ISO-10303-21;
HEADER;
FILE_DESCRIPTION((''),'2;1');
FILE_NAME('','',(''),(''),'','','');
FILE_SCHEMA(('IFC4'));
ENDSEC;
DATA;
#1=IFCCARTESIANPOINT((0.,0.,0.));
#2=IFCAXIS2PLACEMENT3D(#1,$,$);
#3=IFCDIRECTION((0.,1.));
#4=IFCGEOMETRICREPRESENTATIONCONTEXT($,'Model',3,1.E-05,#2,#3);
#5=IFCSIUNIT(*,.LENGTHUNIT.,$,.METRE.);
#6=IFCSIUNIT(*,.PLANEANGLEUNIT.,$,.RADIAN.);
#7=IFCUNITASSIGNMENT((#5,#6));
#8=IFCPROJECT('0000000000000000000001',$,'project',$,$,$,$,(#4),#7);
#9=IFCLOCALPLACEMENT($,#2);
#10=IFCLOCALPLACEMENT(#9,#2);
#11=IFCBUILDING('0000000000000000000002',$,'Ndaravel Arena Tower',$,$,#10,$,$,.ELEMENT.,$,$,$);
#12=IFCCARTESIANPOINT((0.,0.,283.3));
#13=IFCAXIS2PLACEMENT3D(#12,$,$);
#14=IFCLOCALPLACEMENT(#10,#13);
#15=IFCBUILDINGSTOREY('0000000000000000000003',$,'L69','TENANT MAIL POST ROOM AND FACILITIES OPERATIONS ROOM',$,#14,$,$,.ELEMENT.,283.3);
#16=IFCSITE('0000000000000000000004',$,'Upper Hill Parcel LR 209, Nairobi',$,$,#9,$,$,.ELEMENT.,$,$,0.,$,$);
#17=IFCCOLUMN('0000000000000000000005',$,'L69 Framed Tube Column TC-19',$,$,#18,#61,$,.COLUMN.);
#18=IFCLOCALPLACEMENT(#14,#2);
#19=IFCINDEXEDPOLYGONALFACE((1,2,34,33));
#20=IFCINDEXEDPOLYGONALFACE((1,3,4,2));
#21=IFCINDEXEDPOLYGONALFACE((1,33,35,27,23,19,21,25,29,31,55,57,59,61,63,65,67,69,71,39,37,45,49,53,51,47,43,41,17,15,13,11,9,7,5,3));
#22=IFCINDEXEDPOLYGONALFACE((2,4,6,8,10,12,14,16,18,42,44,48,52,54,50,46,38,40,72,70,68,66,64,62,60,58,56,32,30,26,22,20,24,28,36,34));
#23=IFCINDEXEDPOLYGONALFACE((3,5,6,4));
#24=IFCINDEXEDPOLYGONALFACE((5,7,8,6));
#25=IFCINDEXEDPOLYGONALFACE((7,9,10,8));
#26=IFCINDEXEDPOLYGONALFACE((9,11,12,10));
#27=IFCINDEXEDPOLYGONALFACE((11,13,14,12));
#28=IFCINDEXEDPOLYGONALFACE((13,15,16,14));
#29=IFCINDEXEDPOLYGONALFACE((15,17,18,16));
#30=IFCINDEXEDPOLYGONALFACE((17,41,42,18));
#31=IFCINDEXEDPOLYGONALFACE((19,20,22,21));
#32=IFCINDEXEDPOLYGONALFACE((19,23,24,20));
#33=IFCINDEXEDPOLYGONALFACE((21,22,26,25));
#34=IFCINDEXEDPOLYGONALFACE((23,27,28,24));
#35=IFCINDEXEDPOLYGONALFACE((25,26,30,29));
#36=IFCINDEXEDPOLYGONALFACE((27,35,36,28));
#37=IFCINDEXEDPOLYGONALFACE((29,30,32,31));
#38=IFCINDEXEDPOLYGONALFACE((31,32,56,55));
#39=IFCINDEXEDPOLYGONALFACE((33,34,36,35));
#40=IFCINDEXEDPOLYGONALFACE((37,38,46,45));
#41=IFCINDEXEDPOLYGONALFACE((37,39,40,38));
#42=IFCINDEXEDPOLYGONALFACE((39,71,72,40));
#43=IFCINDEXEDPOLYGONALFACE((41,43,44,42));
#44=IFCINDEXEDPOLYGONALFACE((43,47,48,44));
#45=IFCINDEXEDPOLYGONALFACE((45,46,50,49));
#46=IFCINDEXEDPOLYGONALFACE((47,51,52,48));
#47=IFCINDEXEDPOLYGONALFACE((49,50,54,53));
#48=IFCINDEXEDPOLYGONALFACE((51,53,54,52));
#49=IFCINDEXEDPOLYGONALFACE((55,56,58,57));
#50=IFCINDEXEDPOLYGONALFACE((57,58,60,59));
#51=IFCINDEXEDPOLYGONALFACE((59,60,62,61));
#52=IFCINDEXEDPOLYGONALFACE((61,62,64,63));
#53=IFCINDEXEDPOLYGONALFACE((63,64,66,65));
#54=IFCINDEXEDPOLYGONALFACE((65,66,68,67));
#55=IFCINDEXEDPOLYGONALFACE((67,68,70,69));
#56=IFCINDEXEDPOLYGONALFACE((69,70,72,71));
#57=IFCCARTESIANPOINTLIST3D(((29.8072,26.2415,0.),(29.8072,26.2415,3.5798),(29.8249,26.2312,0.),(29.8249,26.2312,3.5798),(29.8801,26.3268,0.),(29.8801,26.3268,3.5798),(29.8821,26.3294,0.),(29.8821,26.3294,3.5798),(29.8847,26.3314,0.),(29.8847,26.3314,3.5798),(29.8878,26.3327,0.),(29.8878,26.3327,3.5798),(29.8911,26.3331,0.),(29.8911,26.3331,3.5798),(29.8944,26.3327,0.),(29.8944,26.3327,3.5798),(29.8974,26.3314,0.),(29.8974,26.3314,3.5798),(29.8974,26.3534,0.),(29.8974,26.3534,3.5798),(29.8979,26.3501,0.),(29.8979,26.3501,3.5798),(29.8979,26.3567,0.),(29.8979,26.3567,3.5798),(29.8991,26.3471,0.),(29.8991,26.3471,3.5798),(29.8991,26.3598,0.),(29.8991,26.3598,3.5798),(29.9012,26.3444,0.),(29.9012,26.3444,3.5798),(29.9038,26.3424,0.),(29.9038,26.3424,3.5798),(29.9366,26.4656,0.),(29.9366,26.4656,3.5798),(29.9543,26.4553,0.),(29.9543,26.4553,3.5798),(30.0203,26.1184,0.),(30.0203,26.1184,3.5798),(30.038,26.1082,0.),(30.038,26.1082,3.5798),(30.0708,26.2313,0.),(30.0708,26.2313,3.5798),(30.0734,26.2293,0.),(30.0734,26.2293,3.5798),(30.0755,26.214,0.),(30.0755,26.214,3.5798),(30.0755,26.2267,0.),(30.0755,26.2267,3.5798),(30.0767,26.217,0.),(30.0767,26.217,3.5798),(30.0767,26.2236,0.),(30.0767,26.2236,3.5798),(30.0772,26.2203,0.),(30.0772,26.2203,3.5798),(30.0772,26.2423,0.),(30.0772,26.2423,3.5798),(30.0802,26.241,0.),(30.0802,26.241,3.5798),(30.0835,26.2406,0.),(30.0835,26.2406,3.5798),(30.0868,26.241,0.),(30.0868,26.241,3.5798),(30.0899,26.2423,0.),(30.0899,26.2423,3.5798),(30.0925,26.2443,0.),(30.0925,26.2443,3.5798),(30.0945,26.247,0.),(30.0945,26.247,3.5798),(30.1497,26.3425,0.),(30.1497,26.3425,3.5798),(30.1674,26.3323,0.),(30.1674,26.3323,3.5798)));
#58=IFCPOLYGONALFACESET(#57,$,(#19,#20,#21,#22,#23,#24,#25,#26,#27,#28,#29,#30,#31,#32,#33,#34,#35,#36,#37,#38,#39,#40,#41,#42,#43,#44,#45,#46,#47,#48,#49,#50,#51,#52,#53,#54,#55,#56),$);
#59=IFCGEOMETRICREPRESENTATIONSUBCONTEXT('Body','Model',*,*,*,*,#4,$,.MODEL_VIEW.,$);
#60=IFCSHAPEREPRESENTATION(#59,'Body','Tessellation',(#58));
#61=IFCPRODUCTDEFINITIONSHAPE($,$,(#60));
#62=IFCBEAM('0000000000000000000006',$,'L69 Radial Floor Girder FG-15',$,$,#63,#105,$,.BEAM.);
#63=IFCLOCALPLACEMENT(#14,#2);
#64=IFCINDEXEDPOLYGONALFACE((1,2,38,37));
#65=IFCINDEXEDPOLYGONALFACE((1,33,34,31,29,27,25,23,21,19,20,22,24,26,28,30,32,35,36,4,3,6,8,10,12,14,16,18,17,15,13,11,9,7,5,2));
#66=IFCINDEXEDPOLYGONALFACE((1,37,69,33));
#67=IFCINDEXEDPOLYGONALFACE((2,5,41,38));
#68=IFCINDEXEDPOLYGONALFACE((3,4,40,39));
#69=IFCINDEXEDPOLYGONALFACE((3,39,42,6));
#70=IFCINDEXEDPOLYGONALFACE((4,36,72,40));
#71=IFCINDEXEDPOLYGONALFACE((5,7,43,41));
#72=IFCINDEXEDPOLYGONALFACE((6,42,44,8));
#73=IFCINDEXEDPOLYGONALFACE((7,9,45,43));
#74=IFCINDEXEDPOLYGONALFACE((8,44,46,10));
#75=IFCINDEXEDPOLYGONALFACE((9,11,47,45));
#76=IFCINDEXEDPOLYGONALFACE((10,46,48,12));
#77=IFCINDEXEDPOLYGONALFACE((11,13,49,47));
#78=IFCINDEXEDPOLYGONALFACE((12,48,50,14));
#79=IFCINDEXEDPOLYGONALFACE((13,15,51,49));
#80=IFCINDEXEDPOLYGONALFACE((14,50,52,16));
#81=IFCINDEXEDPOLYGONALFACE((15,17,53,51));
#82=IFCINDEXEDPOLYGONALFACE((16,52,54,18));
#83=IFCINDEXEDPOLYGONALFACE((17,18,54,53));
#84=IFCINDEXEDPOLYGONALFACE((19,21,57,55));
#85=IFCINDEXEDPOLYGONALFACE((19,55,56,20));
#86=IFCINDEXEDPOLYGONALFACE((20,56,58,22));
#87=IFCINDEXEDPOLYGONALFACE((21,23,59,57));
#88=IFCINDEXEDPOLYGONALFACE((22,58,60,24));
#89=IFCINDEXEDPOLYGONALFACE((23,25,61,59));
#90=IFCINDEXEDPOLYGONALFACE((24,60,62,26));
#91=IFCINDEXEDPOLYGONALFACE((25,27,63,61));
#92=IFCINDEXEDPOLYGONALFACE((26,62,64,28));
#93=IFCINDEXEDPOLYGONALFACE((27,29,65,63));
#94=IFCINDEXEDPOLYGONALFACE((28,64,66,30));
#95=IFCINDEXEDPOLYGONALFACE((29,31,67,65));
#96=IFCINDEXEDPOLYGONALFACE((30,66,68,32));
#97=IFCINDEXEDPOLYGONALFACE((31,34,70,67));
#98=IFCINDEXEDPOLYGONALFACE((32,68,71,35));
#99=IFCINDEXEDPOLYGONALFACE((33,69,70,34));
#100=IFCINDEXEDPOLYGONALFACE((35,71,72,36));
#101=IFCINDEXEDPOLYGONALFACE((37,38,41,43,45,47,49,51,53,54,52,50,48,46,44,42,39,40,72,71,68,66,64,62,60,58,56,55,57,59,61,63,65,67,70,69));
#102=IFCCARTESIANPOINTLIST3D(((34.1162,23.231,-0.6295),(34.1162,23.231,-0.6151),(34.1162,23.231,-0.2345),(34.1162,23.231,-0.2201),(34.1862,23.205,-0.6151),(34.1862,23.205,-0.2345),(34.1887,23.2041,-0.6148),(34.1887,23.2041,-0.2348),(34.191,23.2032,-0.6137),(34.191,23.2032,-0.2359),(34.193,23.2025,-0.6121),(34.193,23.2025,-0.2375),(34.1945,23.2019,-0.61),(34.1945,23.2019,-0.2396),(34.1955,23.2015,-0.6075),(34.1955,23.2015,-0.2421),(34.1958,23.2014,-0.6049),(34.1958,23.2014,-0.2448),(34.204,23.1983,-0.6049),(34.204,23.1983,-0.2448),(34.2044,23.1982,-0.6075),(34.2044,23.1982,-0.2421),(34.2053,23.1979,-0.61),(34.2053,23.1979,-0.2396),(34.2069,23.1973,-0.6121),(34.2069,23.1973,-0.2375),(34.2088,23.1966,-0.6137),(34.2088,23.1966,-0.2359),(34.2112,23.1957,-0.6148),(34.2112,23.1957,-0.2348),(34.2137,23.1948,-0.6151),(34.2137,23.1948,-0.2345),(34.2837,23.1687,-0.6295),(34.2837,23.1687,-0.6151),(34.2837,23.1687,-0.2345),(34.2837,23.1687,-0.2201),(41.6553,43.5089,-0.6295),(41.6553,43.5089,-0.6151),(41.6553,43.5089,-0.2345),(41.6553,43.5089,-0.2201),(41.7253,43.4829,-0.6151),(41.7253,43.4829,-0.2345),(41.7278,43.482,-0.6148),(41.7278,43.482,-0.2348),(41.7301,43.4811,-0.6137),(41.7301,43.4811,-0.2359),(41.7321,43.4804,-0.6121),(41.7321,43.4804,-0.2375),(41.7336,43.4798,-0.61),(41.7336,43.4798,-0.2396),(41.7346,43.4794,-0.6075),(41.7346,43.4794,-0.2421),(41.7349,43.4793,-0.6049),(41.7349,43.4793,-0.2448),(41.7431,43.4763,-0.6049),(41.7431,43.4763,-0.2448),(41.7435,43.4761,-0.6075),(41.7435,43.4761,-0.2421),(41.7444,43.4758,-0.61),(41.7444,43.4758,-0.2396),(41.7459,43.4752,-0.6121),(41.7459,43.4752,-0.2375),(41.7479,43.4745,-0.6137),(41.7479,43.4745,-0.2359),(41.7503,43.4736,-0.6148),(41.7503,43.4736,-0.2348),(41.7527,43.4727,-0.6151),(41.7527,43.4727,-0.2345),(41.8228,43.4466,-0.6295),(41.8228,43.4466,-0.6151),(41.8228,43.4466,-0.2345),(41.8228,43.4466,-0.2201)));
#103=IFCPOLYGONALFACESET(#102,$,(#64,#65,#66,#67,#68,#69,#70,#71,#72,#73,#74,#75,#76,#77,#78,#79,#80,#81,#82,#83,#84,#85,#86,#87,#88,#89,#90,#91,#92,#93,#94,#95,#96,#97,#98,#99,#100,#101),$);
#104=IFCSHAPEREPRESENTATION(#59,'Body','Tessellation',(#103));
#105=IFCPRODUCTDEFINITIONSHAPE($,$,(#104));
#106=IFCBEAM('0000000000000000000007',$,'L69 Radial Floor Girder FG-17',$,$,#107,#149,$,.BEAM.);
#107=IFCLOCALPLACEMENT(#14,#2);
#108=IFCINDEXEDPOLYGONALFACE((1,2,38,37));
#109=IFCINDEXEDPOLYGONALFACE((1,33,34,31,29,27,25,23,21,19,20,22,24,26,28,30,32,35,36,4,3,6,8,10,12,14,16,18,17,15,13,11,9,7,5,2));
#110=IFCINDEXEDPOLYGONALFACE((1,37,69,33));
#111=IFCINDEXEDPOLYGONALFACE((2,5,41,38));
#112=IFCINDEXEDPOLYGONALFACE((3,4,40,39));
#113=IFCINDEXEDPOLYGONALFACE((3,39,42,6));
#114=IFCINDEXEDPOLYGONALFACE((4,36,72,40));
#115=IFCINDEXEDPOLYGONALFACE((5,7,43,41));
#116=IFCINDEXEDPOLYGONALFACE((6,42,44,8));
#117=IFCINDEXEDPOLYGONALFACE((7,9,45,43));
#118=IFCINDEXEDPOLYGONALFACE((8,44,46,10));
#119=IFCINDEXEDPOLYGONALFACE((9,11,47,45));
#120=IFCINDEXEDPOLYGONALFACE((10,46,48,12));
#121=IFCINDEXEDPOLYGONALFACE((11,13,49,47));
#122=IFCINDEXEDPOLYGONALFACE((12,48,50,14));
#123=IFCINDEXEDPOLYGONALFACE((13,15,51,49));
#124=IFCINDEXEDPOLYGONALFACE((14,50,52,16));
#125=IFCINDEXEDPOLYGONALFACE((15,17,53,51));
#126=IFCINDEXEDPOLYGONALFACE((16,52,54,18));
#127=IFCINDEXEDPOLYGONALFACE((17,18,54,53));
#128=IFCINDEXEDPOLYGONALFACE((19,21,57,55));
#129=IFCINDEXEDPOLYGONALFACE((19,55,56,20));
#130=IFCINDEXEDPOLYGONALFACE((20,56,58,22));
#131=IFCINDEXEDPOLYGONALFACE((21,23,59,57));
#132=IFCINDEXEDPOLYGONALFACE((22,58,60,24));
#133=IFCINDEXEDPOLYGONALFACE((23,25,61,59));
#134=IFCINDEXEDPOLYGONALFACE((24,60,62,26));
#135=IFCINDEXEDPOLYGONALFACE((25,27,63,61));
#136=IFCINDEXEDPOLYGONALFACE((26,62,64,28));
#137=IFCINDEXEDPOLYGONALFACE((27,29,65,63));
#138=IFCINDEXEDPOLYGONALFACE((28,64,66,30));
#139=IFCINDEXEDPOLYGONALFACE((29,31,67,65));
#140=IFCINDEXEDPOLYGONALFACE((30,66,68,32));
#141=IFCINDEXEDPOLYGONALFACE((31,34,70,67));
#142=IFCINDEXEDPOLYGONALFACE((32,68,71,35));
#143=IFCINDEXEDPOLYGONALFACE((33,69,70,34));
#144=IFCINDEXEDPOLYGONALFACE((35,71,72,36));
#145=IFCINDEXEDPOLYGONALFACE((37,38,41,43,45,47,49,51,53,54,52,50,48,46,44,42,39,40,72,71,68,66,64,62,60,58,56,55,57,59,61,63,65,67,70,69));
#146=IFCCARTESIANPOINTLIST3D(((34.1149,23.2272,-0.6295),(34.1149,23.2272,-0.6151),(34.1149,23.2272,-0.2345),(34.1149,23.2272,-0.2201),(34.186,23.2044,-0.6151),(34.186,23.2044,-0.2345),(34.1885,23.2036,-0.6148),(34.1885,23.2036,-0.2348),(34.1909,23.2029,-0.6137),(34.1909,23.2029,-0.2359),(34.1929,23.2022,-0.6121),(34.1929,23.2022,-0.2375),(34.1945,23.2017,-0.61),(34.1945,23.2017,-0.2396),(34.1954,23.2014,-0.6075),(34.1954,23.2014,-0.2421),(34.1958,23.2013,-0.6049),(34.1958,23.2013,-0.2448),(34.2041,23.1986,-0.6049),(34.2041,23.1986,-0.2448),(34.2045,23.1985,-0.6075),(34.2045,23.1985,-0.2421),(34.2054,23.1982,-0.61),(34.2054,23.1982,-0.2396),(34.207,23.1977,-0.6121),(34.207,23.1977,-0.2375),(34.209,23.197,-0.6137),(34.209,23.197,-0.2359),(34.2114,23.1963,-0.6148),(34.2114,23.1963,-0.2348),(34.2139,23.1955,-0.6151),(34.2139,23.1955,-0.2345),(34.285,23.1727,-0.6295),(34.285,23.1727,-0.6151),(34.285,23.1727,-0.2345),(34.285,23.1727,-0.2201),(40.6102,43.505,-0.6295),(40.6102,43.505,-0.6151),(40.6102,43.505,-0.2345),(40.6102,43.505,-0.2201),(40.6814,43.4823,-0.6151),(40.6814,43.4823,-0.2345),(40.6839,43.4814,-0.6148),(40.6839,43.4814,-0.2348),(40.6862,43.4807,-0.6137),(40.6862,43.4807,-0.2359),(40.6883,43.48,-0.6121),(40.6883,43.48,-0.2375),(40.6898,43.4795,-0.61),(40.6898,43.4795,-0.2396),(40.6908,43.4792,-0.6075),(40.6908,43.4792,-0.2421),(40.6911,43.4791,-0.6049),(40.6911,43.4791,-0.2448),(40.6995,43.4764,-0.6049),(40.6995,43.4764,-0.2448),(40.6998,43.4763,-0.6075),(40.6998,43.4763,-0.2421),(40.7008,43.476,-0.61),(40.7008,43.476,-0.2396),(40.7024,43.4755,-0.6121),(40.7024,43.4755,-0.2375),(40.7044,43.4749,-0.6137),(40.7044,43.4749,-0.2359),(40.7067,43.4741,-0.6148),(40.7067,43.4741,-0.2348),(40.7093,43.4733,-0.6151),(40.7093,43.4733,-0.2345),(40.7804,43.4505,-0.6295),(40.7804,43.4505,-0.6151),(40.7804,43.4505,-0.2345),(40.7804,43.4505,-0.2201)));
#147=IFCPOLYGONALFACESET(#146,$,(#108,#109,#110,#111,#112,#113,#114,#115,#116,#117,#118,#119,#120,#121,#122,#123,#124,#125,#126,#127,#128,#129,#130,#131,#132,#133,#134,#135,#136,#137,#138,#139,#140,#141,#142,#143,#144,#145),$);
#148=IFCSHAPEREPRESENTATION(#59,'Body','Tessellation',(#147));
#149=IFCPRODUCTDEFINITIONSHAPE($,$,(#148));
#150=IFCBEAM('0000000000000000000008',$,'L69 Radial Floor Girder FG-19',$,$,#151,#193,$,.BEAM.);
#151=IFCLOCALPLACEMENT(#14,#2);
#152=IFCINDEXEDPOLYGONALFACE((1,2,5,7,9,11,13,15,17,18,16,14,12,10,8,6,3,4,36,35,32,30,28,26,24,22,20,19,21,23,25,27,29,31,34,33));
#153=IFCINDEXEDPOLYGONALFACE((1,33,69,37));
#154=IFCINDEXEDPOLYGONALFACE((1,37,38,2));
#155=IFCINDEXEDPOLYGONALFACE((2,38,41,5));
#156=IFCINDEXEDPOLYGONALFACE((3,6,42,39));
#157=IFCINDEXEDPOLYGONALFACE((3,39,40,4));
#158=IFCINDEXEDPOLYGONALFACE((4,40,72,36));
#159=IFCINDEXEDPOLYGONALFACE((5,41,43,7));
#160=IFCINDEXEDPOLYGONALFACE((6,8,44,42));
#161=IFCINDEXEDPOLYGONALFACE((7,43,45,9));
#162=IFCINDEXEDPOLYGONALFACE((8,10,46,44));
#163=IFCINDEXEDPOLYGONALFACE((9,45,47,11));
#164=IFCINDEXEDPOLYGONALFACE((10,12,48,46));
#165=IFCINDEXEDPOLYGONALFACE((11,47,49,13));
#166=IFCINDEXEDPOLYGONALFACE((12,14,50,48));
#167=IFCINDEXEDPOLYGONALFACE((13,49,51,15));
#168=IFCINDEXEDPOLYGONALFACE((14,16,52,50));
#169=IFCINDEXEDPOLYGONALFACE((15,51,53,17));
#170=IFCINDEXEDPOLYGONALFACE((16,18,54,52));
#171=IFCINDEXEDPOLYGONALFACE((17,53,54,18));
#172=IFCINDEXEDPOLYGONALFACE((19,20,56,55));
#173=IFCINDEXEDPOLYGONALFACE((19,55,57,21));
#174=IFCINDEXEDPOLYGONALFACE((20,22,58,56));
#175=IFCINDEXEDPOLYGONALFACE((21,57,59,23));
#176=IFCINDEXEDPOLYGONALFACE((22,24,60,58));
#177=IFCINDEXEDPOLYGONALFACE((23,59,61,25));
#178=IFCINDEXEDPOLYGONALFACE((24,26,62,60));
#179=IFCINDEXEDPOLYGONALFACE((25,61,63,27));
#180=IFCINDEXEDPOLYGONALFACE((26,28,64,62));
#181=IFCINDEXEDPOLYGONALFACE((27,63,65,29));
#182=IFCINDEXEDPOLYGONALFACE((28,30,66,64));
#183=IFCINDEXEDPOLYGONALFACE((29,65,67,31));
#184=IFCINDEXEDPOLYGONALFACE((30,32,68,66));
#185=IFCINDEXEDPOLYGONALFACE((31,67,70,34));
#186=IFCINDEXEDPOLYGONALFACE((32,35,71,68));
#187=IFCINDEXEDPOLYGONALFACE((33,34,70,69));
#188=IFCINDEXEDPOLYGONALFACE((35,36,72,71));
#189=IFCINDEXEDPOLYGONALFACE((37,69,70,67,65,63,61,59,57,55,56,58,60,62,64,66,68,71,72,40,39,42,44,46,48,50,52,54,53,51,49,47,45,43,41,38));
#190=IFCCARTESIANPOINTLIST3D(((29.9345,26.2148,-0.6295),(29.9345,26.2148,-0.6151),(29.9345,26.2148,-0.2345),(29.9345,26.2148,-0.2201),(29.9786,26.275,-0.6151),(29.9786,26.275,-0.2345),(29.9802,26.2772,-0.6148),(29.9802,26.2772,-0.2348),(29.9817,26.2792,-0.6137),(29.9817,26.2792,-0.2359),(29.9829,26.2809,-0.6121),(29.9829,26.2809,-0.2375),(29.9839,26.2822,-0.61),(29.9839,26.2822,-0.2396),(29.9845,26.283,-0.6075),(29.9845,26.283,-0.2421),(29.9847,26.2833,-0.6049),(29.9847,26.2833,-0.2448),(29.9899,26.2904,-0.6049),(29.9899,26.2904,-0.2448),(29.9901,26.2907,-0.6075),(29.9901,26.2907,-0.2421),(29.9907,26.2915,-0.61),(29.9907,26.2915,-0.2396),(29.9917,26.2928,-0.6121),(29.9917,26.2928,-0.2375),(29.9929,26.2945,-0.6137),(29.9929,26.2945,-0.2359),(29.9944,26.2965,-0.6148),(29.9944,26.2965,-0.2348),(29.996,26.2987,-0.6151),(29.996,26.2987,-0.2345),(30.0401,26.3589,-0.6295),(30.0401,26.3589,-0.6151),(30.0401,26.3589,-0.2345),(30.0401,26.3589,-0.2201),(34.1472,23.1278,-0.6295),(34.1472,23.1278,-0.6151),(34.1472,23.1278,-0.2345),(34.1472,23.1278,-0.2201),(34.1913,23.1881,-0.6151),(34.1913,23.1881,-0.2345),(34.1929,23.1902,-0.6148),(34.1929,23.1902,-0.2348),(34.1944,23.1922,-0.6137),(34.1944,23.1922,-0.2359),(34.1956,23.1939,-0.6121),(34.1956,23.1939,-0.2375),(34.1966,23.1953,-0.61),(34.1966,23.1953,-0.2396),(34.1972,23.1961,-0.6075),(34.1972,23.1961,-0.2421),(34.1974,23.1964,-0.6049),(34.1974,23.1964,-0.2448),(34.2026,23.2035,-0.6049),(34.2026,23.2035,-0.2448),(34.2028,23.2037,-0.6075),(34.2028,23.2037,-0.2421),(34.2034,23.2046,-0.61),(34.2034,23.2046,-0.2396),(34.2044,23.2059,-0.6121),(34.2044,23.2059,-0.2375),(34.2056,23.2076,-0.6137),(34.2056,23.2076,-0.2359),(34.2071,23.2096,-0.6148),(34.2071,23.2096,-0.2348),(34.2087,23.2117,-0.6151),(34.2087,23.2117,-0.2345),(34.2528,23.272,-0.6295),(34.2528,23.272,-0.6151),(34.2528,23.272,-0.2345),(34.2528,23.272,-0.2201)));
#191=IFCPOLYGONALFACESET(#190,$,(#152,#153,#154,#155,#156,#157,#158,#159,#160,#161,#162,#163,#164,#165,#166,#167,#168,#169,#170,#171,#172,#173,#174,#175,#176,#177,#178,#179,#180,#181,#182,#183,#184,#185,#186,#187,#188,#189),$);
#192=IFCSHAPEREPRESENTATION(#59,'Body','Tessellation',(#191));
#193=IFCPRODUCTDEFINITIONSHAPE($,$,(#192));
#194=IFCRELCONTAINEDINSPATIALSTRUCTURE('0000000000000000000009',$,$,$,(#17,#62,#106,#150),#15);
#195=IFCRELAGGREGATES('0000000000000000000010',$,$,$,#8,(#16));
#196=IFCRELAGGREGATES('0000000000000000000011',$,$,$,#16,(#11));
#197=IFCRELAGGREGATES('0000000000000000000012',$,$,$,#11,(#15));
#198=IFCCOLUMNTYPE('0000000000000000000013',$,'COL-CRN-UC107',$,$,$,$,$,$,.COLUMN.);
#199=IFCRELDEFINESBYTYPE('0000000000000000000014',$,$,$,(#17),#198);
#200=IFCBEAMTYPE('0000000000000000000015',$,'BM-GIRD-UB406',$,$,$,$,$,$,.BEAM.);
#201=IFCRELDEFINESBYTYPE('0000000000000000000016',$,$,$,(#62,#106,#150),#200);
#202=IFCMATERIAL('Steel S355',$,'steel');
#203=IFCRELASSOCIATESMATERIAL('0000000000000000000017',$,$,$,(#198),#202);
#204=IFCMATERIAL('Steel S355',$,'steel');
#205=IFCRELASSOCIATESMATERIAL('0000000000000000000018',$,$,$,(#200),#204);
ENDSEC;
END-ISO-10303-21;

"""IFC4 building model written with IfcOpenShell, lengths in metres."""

from ifc_helpers import new_model, si_unit, direction, frame, origin, origin_2d, place, context, subcontext, project, spatial, i_section, extrude, material, material_profile, profile_set, type_object, element, save


model = new_model("IFC4")

# Units and contexts
model_context = context("Model", 3, precision=1e-05, world=origin(), true_north=direction((0.0, 1.0)))
body_context = subcontext(model_context, "Body", "Model", "MODEL_VIEW")
ifc_project = project(units=[si_unit("LENGTHUNIT", "METRE"), si_unit("PLANEANGLEUNIT", "RADIAN")], contexts=[model_context])

# Site, building, storey
site_placement = place(None, origin())
site = spatial("IfcSite", under=ifc_project, at=site_placement, Name="Upper Hill Parcel LR 209, Nairobi", CompositionType="ELEMENT", RefElevation=0.0)
building_placement = place(site_placement, origin())
building = spatial("IfcBuilding", under=site, at=building_placement, Name="Ndaravel Arena Tower", CompositionType="ELEMENT")
storey_placement = place(building_placement, frame((0.0, 0.0, 283.3)))
storey = spatial("IfcBuildingStorey", under=building, at=storey_placement, Name="L69", Description="TENANT MAIL POST ROOM AND FACILITIES OPERATIONS ROOM", CompositionType="ELEMENT", Elevation=283.3)

# Column
ifc_material_1 = material(Name="Steel S355", Category="steel")
ifc_material_profile_1 = material_profile(ifc_material_1, i_section(OverallWidth=0.2588, OverallDepth=0.2666, WebThickness=0.0127, FlangeThickness=0.0205, FilletRadius=0.0127, at=origin_2d()), Name="UC 254x254x107")
ifc_profile_set_1 = profile_set([ifc_material_profile_1], Name="Steel S355")
column_type = type_object("IfcColumnType", Name="COL-CRN-UC107", PredefinedType="COLUMN", material=ifc_profile_set_1)
for number, where, z_axis, x_axis, name in (
    (1, (29.9873, 26.2869, 0.0), (0.0, 0.0, 1.0), (0.5, 0.866025, 0.0), "L69 Framed Tube Column TC-19"),
):
    element("IfcColumn", number, at=place(storey_placement, frame(where, z_axis=z_axis, x_axis=x_axis)), inside=storey, type_object=column_type, Name=name, PredefinedType="COLUMN", context=body_context, shape_type="SweptSolid", body=[
        extrude(i_section(OverallWidth=0.2588, OverallDepth=0.2666, WebThickness=0.0127, FlangeThickness=0.0205, FilletRadius=0.0127, at=origin_2d()), origin(), (0.0, 0.0, 1.0), 3.5798),
    ])

# Beams
ifc_material_2 = material(Name="Steel S355", Category="steel")
ifc_material_profile_2 = material_profile(ifc_material_2, i_section(OverallWidth=0.1787, OverallDepth=0.4094, WebThickness=0.0088, FlangeThickness=0.0144, FilletRadius=0.0103, at=origin_2d()), Name="UB 406x178x67")
ifc_profile_set_2 = profile_set([ifc_material_profile_2], Name="Steel S355")
beam_type_1 = type_object("IfcBeamType", Name="BM-GIRD-UB406", PredefinedType="BEAM", material=ifc_profile_set_2)
beam_1_placement = place(storey_placement, frame((41.739, 43.4778, -0.4248), z_axis=(-0.348483, -0.937315, 0.0), x_axis=(0.937315, -0.348483, 0.0)))
element("IfcBeam", 2, at=beam_1_placement, inside=storey, type_object=beam_type_1, Name="L69 Radial Floor Girder FG-15", PredefinedType="BEAM", context=body_context, shape_type="SweptSolid", body=[
    extrude(i_section(OverallWidth=0.1787, OverallDepth=0.4094, WebThickness=0.0088, FlangeThickness=0.0144, FilletRadius=0.0103, at=origin_2d()), origin(), (0.0, 0.0, 1.0), 21.634),
])
beam_2_placement = place(storey_placement, frame((40.6953, 43.4778, -0.4248), z_axis=(-0.305051, -0.952336, 0.0), x_axis=(0.952336, -0.305051, 0.0)))
element("IfcBeam", 3, at=beam_2_placement, inside=storey, type_object=beam_type_1, Name="L69 Radial Floor Girder FG-17", PredefinedType="BEAM", context=body_context, shape_type="SweptSolid", body=[
    extrude(i_section(OverallWidth=0.1787, OverallDepth=0.4094, WebThickness=0.0088, FlangeThickness=0.0144, FilletRadius=0.0103, at=origin_2d()), origin(), (0.0, 0.0, 1.0), 21.2927),
])
beam_3_placement = place(storey_placement, frame((29.9873, 26.2869, -0.4248), z_axis=(0.80662, -0.59107, 0.0), x_axis=(0.59107, 0.80662, 0.0)))
element("IfcBeam", 4, at=beam_3_placement, inside=storey, type_object=beam_type_1, Name="L69 Radial Floor Girder FG-19", PredefinedType="BEAM", context=body_context, shape_type="SweptSolid", body=[
    extrude(i_section(OverallWidth=0.1787, OverallDepth=0.4094, WebThickness=0.0088, FlangeThickness=0.0144, FilletRadius=0.0103, at=origin_2d()), origin(), (0.0, 0.0, 1.0), 5.2227),
])

save(model, "model.ifc")
